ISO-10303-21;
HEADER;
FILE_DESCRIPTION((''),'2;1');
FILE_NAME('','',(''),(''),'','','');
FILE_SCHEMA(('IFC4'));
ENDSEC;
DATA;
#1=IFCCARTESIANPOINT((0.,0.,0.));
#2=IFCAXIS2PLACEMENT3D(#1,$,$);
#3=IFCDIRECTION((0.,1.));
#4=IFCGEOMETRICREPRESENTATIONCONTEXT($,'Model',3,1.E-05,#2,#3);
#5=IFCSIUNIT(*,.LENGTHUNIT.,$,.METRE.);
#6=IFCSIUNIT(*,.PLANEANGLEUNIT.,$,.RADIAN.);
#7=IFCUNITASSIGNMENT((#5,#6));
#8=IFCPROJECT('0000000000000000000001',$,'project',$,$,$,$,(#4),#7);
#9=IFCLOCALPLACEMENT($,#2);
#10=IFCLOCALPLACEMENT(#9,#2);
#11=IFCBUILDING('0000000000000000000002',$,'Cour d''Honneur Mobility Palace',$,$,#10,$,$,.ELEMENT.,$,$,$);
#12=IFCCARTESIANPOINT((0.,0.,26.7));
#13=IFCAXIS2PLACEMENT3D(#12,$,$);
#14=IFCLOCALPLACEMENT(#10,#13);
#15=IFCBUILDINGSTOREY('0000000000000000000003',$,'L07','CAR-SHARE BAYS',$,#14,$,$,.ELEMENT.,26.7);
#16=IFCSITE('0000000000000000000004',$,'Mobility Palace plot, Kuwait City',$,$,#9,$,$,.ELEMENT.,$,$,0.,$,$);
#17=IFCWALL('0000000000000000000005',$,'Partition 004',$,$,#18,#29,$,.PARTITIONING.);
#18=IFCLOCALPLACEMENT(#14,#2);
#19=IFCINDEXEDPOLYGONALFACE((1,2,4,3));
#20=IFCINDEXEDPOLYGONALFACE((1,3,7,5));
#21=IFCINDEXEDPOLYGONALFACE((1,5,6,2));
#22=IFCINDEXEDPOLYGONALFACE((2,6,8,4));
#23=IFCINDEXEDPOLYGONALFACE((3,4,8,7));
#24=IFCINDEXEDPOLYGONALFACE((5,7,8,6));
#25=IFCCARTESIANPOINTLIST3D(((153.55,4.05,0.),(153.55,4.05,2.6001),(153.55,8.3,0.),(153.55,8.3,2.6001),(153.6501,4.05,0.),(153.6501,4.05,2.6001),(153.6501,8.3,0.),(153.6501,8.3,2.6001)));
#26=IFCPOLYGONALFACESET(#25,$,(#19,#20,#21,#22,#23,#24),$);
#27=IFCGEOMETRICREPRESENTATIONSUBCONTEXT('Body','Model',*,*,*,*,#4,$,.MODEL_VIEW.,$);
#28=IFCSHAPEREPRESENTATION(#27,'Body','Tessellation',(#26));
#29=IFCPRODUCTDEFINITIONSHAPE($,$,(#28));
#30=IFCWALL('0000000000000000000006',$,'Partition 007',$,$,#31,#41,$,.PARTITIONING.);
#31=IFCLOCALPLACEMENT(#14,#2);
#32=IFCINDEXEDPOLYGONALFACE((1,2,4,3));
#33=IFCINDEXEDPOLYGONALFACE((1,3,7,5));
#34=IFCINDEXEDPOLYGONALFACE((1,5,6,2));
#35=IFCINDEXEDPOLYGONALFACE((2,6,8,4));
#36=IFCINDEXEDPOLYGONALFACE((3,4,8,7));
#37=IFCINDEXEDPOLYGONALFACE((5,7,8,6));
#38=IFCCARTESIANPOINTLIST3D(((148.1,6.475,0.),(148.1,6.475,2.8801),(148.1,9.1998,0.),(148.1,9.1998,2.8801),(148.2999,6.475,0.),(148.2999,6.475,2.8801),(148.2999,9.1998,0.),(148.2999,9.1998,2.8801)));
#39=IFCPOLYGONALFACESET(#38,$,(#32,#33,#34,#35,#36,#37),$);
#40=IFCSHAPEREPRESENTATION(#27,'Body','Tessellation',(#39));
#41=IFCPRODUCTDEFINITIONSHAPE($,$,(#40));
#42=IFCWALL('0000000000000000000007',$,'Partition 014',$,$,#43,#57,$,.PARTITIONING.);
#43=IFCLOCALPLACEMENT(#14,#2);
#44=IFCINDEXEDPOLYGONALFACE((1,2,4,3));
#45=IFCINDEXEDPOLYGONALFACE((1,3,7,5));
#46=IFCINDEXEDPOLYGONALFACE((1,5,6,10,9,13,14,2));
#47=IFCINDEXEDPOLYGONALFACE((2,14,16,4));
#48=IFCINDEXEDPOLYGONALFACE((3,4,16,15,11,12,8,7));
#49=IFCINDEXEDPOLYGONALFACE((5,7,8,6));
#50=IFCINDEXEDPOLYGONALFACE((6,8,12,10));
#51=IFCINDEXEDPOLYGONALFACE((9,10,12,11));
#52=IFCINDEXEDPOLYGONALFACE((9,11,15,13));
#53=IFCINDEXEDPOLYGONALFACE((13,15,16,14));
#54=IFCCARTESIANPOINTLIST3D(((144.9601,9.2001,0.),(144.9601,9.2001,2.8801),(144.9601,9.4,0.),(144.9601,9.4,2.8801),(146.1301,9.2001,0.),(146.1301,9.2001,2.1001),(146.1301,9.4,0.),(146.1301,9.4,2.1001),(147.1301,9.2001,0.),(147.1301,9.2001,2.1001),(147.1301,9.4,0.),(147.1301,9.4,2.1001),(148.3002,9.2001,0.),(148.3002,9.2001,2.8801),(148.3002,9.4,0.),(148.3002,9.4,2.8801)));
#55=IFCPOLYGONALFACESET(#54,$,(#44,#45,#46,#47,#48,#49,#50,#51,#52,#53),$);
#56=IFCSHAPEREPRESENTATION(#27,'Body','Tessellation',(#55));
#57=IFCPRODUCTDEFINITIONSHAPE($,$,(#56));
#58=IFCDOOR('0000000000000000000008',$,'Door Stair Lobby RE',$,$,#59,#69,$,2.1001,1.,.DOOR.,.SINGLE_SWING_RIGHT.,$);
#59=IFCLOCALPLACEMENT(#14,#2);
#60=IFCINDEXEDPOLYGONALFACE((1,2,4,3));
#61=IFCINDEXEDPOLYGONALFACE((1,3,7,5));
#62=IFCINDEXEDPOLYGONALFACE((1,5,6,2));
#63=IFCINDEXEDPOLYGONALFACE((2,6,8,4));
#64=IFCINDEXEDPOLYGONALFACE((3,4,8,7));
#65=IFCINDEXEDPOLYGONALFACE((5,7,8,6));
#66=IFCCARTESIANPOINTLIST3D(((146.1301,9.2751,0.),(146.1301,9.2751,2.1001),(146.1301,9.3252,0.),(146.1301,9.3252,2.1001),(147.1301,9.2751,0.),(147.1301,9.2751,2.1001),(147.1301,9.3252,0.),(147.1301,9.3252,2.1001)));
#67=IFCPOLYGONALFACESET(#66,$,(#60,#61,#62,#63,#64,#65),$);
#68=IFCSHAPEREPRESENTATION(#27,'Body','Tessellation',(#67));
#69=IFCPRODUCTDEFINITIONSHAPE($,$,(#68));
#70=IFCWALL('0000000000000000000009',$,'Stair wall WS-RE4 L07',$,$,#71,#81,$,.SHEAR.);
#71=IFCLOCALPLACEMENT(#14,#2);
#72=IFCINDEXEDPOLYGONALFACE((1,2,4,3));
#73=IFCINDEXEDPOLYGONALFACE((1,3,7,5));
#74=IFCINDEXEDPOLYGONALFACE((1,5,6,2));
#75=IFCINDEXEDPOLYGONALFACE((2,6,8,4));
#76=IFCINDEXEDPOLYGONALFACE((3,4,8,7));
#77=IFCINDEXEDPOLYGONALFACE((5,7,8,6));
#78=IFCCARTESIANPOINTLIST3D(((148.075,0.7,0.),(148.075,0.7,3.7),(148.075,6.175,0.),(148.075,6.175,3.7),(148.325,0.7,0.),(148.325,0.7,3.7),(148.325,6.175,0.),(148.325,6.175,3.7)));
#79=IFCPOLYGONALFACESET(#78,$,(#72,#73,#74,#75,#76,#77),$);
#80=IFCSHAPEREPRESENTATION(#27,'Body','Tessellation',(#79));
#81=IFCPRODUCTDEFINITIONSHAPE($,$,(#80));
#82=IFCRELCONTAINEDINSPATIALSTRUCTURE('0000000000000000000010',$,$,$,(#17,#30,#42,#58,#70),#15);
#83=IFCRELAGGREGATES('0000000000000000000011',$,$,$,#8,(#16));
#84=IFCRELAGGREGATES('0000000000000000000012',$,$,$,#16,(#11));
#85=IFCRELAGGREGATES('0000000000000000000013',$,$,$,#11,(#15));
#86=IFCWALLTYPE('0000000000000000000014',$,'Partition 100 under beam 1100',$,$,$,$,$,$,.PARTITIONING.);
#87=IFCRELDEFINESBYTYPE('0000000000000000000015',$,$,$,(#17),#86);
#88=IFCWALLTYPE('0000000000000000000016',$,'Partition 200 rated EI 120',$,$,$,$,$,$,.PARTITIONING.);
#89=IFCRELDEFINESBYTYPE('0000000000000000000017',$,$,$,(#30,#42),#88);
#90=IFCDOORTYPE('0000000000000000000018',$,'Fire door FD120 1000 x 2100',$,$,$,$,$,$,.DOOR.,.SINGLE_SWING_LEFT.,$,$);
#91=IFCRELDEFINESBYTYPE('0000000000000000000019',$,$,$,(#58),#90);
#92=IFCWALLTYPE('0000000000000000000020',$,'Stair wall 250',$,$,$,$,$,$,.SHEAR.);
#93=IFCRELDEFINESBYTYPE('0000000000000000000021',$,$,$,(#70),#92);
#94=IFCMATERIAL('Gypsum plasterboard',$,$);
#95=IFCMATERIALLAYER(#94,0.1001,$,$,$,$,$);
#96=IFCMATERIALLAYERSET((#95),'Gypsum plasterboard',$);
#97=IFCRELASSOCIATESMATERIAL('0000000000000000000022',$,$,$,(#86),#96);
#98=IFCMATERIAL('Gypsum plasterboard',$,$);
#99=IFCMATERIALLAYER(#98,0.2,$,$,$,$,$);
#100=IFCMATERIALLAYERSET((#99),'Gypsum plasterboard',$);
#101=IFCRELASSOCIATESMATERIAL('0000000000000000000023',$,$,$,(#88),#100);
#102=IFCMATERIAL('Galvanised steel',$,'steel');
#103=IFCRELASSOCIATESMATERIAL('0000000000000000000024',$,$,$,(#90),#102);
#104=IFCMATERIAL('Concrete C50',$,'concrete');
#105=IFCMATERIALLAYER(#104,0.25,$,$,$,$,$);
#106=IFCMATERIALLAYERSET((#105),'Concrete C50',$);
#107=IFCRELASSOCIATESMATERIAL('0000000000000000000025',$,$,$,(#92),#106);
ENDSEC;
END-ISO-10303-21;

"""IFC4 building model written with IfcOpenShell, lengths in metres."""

from ifc_helpers import new_model, si_unit, direction, frame, frame_2d, origin, place, context, subcontext, project, spatial, rectangle, extrude, material, layer, layer_set, type_object, element, fill, save


model = new_model("IFC4")

# Units and contexts
model_context = context("Model", 3, precision=1e-05, world=origin(), true_north=direction((0.0, 1.0)))
body_context = subcontext(model_context, "Body", "Model", "MODEL_VIEW")
ifc_project = project(units=[si_unit("LENGTHUNIT", "METRE"), si_unit("PLANEANGLEUNIT", "RADIAN")], contexts=[model_context])

# Site, building, storey
site_placement = place(None, origin())
site = spatial("IfcSite", under=ifc_project, at=site_placement, Name="Mobility Palace plot, Kuwait City", CompositionType="ELEMENT", RefElevation=0.0)
building_placement = place(site_placement, origin())
building = spatial("IfcBuilding", under=site, at=building_placement, Name="Cour d'Honneur Mobility Palace", CompositionType="ELEMENT")
storey_placement = place(building_placement, frame((0.0, 0.0, 26.7)))
storey = spatial("IfcBuildingStorey", under=building, at=storey_placement, Name="L07", Description="CAR-SHARE BAYS", CompositionType="ELEMENT", Elevation=26.7)

# Walls
ifc_material_1 = material(Name="Gypsum plasterboard")
ifc_layer_1 = layer(ifc_material_1, 0.1001)
ifc_layer_set_1 = layer_set([ifc_layer_1], Name="Gypsum plasterboard")
wall_type_1 = type_object("IfcWallType", Name="Partition 100 under beam 1100", PredefinedType="PARTITIONING", material=ifc_layer_set_1)
wall_1_placement = place(storey_placement, frame((153.6001, 4.05, 0.0), z_axis=(0.0, 0.0, 1.0), x_axis=(0.0, 1.0, 0.0)))
element("IfcWall", 1, at=wall_1_placement, inside=storey, type_object=wall_type_1, Name="Partition 004", PredefinedType="PARTITIONING", context=body_context, shape_type="SweptSolid", body=[
    extrude(rectangle(XDim=4.25, YDim=0.1001, at=frame_2d((2.125, 0.0))), origin(), (0.0, 0.0, 1.0), 2.6001),
])
ifc_material_2 = material(Name="Gypsum plasterboard")
ifc_layer_2 = layer(ifc_material_2, 0.2)
ifc_layer_set_2 = layer_set([ifc_layer_2], Name="Gypsum plasterboard")
wall_type_2 = type_object("IfcWallType", Name="Partition 200 rated EI 120", PredefinedType="PARTITIONING", material=ifc_layer_set_2)
wall_2_placement = place(storey_placement, frame((148.2, 6.4751, 0.0), z_axis=(0.0, 0.0, 1.0), x_axis=(0.0, 1.0, 0.0)))
element("IfcWall", 2, at=wall_2_placement, inside=storey, type_object=wall_type_2, Name="Partition 007", PredefinedType="PARTITIONING", context=body_context, shape_type="SweptSolid", body=[
    extrude(rectangle(XDim=2.7249, YDim=0.2, at=frame_2d((1.3623, 0.0))), origin(), (0.0, 0.0, 1.0), 2.8801),
])

# Wall, opening, door
wall_3_placement = place(storey_placement, frame((148.3, 9.3, 0.0), z_axis=(0.0, 0.0, 1.0), x_axis=(-1.0, 0.0, 0.0)))
wall_3 = element("IfcWall", 3, at=wall_3_placement, inside=storey, type_object=wall_type_2, Name="Partition 014", PredefinedType="PARTITIONING", context=body_context, shape_type="SweptSolid", body=[
    extrude(rectangle(XDim=3.3401, YDim=0.2, at=frame_2d((1.6699, 0.0))), origin(), (0.0, 0.0, 1.0), 2.8801),
])
opening_1_placement = place(wall_3_placement, frame((1.1699, 0.0, 0.0)))
opening_1 = element("IfcOpeningElement", 4, at=opening_1_placement, cuts=wall_3, PredefinedType="OPENING", context=body_context, shape_type="SweptSolid", body=[
    extrude(rectangle(XDim=1.0, YDim=2.1001, at=frame_2d((0.5, 1.05))), frame((0.0, 0.1099, 0.0), z_axis=(0.0, -1.0, 0.0), x_axis=(1.0, 0.0, 0.0)), (0.0, 0.0, 1.0), 0.22),
])
ifc_material_3 = material(Name="Galvanised steel", Category="steel")
door_type_1 = type_object("IfcDoorType", Name="Fire door FD120 1000 x 2100", OperationType="SINGLE_SWING_LEFT", PredefinedType="DOOR", material=ifc_material_3)
door_1_placement = place(opening_1_placement, origin())
door_1 = element("IfcDoor", 5, at=door_1_placement, inside=storey, type_object=door_type_1, Name="Door Stair Lobby RE", OperationType="SINGLE_SWING_RIGHT", OverallHeight=2.1001, OverallWidth=1.0, PredefinedType="DOOR", context=body_context, shape_type="SweptSolid", body=[
    extrude(rectangle(XDim=1.0, YDim=2.1001, at=frame_2d((0.5, 1.05))), frame((0.0, 0.0249, 0.0), z_axis=(0.0, -1.0, 0.0), x_axis=(1.0, 0.0, 0.0)), (0.0, 0.0, 1.0), 0.05),
])
fill(opening_1, door_1)

# Wall
ifc_material_4 = material(Name="Concrete C50", Category="concrete")
ifc_layer_3 = layer(ifc_material_4, 0.25)
ifc_layer_set_3 = layer_set([ifc_layer_3], Name="Concrete C50")
wall_type_3 = type_object("IfcWallType", Name="Stair wall 250", PredefinedType="SHEAR", material=ifc_layer_set_3)
wall_4_placement = place(storey_placement, frame((148.2, 0.7, 0.0), z_axis=(0.0, 0.0, 1.0), x_axis=(0.0, 1.0, 0.0)))
element("IfcWall", 6, at=wall_4_placement, inside=storey, type_object=wall_type_3, Name="Stair wall WS-RE4 L07", PredefinedType="SHEAR", context=body_context, shape_type="SweptSolid", body=[
    extrude(rectangle(XDim=5.4751, YDim=0.25, at=frame_2d((2.7375, 0.0))), origin(), (0.0, 0.0, 1.0), 3.7),
])

save(model, "model.ifc")
